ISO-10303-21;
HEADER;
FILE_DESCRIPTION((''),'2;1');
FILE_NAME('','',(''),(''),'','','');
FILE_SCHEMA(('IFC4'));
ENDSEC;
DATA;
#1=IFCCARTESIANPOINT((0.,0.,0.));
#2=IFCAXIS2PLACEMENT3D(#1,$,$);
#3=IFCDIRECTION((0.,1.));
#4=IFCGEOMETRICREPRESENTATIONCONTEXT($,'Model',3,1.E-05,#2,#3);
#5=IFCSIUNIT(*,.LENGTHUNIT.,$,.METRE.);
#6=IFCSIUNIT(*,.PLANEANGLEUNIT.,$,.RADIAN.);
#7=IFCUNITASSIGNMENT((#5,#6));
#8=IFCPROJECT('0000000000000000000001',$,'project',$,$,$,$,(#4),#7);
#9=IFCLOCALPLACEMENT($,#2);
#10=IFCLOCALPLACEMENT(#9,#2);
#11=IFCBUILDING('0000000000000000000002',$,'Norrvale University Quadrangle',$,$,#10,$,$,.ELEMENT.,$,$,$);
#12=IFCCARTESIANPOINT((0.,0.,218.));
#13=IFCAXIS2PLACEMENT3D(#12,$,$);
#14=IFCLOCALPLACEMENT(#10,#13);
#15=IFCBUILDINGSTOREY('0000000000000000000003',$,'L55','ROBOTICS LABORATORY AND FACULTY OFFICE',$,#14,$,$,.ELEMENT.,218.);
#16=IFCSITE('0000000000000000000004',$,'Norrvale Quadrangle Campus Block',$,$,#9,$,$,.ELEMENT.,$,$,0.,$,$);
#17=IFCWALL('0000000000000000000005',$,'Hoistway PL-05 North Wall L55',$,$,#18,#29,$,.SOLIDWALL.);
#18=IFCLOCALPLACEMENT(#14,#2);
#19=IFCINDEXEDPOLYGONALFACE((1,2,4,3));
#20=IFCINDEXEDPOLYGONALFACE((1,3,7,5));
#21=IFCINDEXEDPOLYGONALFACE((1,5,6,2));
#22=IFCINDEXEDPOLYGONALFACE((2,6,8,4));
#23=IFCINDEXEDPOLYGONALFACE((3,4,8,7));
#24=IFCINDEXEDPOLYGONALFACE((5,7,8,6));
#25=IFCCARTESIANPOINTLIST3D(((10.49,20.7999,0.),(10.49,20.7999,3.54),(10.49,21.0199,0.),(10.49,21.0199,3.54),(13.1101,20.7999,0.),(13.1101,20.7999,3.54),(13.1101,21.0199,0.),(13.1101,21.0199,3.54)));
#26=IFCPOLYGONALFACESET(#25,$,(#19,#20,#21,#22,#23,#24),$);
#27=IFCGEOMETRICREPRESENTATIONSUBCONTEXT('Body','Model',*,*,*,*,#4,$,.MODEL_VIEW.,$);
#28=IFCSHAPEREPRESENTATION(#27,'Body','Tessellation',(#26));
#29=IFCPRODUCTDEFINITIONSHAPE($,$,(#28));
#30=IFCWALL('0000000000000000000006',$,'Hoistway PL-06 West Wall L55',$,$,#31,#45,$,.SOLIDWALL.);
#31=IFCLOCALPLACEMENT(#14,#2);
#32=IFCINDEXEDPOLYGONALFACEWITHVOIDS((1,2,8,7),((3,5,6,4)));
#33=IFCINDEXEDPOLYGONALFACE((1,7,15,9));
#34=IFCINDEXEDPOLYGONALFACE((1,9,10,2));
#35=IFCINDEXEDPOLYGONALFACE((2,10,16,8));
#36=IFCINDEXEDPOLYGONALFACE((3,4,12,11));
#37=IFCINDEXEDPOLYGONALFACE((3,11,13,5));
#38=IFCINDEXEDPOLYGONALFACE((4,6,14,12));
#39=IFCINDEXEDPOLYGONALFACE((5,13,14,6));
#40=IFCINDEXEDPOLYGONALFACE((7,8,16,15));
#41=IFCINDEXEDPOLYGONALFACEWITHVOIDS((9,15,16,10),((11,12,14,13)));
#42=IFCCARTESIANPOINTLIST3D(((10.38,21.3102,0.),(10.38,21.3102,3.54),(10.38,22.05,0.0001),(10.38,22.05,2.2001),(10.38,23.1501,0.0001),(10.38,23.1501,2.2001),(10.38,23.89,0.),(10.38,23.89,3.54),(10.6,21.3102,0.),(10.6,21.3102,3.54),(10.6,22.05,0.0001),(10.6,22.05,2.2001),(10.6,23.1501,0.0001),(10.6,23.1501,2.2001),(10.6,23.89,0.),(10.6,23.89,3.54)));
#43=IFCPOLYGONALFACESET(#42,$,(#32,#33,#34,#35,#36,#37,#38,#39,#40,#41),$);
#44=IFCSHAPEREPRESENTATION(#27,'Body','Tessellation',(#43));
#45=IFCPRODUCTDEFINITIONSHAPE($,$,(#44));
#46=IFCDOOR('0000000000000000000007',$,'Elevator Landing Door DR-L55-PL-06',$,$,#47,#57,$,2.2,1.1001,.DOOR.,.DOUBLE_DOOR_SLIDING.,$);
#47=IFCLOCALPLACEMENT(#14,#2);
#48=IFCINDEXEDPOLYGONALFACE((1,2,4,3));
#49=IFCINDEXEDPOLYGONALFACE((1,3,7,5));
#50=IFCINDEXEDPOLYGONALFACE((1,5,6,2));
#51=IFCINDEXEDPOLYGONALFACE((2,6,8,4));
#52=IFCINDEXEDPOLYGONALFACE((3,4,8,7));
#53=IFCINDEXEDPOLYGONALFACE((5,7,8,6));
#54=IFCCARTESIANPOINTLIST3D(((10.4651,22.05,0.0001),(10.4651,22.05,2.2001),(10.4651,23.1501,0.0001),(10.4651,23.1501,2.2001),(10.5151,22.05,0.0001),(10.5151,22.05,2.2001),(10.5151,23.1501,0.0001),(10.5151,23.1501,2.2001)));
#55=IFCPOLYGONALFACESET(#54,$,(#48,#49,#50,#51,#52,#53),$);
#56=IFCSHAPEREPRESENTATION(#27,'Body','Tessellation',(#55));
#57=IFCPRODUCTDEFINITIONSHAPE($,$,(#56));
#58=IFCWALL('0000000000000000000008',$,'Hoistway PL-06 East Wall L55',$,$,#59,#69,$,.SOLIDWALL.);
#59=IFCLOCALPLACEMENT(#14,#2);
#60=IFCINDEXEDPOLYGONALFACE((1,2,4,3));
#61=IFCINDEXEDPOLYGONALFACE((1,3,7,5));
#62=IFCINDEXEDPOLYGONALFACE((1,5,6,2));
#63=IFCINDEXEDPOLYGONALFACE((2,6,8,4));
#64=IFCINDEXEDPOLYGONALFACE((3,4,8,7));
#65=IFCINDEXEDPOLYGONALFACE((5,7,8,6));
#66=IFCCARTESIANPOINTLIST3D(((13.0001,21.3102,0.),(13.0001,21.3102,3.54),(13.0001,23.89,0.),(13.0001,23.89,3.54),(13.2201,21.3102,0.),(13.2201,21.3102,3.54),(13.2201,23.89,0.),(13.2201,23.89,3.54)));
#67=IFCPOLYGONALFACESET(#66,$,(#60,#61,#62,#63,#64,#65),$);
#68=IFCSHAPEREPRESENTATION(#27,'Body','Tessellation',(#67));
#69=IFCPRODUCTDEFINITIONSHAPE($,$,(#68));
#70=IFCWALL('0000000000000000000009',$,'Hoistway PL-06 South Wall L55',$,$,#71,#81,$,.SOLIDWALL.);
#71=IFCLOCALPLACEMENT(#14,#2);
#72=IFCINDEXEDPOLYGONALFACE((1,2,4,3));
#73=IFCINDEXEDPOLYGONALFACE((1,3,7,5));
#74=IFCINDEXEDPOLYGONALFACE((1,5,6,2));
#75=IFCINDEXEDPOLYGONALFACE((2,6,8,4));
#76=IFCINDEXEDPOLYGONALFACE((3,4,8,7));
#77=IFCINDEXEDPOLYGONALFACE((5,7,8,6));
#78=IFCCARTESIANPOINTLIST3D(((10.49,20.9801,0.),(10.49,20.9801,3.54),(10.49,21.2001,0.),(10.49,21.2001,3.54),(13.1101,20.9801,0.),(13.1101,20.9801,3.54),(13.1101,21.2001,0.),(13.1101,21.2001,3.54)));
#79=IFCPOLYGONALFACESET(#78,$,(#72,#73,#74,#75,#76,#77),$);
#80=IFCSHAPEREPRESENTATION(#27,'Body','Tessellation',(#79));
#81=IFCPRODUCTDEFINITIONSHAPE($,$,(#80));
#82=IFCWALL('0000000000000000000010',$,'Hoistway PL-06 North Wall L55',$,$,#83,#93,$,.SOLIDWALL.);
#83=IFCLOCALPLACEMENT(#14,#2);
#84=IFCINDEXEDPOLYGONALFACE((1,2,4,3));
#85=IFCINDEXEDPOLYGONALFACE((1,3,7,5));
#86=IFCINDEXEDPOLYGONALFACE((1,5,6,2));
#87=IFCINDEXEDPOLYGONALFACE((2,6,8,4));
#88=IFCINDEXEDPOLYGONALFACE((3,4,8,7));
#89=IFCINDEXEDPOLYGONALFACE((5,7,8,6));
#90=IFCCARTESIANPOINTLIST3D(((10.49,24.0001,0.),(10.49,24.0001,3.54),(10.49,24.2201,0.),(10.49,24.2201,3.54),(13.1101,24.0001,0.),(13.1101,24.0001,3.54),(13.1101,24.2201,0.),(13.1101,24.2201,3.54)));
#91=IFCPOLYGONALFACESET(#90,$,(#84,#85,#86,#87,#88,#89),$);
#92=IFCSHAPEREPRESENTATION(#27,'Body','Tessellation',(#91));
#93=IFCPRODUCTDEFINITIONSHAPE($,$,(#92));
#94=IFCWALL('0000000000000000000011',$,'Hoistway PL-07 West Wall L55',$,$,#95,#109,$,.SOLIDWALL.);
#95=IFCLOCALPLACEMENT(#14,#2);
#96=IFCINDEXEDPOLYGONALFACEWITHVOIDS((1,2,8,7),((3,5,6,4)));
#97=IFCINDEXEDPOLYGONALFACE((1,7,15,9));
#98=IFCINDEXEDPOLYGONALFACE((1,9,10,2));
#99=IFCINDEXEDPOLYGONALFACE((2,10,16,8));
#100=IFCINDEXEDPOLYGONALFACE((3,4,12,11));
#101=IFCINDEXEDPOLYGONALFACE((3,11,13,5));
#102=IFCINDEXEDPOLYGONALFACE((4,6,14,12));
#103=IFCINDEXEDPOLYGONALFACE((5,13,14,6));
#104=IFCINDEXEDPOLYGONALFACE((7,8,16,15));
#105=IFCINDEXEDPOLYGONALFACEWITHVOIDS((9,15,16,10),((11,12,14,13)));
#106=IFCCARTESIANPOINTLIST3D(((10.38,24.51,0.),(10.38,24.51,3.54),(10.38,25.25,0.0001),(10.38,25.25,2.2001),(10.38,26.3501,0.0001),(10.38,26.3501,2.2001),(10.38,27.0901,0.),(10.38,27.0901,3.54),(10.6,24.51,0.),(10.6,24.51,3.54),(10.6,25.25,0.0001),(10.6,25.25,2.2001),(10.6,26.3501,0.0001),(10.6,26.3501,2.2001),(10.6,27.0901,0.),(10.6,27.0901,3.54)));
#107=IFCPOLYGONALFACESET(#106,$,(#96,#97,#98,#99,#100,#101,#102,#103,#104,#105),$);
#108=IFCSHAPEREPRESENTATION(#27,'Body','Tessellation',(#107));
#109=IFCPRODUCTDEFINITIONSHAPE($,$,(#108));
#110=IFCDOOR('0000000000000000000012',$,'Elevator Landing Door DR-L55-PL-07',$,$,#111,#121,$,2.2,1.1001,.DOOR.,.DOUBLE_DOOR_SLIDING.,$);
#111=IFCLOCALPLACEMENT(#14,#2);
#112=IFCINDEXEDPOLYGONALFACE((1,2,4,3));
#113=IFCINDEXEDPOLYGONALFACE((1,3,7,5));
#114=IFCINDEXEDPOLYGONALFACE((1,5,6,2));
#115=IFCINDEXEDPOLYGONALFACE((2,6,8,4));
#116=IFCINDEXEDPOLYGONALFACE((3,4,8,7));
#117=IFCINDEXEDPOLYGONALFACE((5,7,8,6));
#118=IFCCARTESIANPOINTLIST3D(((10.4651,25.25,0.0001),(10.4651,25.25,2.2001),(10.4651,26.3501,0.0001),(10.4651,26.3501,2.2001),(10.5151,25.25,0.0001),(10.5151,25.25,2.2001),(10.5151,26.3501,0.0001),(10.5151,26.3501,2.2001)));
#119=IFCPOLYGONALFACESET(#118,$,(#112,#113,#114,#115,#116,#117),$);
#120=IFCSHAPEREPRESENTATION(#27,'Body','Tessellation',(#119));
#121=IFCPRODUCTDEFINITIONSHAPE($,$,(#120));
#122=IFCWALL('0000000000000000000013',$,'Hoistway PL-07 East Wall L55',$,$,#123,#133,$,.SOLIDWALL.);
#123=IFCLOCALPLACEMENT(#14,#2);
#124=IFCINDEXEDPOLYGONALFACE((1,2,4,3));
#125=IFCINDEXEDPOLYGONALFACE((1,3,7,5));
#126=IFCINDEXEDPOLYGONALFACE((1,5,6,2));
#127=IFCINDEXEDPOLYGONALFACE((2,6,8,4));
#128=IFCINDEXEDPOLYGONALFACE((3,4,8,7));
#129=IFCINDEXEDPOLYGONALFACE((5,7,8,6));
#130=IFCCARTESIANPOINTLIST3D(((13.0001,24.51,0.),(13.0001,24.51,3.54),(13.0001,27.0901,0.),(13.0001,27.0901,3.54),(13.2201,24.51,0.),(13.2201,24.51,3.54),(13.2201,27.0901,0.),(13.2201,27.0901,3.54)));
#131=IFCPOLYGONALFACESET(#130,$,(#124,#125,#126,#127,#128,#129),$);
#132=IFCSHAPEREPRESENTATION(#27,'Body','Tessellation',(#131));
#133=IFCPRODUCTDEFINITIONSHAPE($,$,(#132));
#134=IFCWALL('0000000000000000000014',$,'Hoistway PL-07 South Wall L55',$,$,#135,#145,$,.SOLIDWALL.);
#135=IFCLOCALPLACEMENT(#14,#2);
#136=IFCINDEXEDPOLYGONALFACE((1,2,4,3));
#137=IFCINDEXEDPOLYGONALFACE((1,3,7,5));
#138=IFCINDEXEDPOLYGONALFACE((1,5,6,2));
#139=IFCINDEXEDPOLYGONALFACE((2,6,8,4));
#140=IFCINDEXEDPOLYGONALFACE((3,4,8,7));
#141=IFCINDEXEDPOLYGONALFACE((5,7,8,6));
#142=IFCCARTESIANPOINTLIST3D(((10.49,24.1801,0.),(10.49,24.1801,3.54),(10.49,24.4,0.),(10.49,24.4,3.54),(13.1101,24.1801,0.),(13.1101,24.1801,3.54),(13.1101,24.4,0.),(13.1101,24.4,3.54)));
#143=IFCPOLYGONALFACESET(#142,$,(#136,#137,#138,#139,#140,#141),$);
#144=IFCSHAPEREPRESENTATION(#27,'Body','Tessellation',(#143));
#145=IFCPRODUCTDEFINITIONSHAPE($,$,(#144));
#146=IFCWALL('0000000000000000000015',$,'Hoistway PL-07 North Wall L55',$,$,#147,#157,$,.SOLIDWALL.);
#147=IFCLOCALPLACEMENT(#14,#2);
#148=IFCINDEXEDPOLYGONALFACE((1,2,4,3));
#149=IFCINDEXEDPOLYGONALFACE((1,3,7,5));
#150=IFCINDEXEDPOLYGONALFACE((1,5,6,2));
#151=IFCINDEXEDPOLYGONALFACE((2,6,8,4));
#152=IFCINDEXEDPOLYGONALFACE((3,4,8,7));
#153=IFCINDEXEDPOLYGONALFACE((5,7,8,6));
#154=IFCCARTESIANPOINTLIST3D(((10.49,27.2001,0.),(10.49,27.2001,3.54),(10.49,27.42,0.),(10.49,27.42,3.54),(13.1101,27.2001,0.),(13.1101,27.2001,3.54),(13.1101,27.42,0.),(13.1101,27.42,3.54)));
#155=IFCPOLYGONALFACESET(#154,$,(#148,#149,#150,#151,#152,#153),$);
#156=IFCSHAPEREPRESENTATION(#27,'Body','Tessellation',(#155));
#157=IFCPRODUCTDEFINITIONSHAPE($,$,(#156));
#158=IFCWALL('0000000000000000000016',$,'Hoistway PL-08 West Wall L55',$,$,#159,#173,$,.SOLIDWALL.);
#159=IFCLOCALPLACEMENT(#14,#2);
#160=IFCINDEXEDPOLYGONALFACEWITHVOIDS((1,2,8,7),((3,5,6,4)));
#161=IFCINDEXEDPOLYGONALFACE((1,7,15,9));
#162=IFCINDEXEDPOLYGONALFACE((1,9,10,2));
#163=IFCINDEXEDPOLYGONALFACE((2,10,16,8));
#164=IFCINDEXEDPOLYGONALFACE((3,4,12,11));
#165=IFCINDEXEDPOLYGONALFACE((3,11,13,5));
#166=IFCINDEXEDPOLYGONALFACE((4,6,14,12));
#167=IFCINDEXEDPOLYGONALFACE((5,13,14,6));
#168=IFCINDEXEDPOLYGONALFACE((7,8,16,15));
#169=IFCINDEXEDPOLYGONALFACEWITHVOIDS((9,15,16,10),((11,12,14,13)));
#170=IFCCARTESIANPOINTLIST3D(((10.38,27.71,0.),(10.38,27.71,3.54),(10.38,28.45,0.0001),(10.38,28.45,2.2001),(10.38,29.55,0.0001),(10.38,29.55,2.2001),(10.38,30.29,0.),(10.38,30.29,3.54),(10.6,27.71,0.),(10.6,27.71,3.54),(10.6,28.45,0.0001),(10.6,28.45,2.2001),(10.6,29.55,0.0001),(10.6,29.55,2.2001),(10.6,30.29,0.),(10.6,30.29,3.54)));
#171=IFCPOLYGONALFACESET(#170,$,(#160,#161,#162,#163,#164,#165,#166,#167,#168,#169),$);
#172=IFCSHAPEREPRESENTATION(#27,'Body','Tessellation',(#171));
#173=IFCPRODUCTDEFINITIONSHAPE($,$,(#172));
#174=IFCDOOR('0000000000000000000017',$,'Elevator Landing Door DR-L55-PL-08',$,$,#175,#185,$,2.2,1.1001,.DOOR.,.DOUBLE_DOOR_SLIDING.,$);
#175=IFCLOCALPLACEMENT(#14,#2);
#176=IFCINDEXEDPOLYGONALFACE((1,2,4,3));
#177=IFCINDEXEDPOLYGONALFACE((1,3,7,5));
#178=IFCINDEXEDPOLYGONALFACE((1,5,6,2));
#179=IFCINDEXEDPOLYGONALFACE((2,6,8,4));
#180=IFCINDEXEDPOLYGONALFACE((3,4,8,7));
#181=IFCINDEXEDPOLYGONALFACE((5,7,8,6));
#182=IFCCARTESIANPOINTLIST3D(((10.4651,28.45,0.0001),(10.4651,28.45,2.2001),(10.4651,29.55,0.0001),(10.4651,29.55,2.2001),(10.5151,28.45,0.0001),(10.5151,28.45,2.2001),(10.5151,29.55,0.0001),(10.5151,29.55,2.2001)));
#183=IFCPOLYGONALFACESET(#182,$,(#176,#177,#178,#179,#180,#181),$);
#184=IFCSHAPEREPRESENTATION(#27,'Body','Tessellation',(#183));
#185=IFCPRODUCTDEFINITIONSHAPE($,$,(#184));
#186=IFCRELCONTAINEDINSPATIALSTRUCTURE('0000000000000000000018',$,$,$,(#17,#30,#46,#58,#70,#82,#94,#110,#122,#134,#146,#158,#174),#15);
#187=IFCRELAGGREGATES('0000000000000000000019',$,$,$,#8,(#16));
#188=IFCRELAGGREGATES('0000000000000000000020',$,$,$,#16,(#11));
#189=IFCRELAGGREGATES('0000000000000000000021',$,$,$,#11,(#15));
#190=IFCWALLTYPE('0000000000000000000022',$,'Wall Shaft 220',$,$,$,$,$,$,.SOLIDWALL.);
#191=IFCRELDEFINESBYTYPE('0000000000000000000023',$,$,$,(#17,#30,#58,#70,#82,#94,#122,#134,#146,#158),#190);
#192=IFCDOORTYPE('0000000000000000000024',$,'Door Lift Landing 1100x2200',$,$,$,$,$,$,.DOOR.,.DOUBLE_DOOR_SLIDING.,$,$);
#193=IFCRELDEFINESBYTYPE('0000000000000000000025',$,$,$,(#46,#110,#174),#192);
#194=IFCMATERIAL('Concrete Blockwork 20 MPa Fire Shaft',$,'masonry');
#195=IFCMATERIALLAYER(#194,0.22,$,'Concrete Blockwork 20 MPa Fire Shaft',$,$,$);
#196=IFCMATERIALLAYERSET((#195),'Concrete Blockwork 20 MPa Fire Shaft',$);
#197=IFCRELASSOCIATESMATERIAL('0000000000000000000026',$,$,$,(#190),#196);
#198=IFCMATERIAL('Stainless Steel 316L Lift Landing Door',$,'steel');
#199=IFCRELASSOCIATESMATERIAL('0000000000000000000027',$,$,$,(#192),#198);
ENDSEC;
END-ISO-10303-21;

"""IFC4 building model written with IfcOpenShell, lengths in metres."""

from ifc_helpers import new_model, si_unit, direction, frame, frame_2d, origin, place, context, subcontext, project, spatial, rectangle, extrude, material, layer, layer_set, type_object, element, fill, save


model = new_model("IFC4")

# Units and contexts
model_context = context("Model", 3, precision=1e-05, world=origin(), true_north=direction((0.0, 1.0)))
body_context = subcontext(model_context, "Body", "Model", "MODEL_VIEW")
ifc_project = project(units=[si_unit("LENGTHUNIT", "METRE"), si_unit("PLANEANGLEUNIT", "RADIAN")], contexts=[model_context])

# Site, building, storey
site_placement = place(None, origin())
site = spatial("IfcSite", under=ifc_project, at=site_placement, Name="Norrvale Quadrangle Campus Block", CompositionType="ELEMENT", RefElevation=0.0)
building_placement = place(site_placement, origin())
building = spatial("IfcBuilding", under=site, at=building_placement, Name="Norrvale University Quadrangle", CompositionType="ELEMENT")
storey_placement = place(building_placement, frame((0.0, 0.0, 218.0)))
storey = spatial("IfcBuildingStorey", under=building, at=storey_placement, Name="L55", Description="ROBOTICS LABORATORY AND FACULTY OFFICE", CompositionType="ELEMENT", Elevation=218.0)

# Wall
ifc_material_1 = material(Name="Concrete Blockwork 20 MPa Fire Shaft", Category="masonry")
ifc_layer_1 = layer(ifc_material_1, 0.22, Name="Concrete Blockwork 20 MPa Fire Shaft")
ifc_layer_set_1 = layer_set([ifc_layer_1], Name="Concrete Blockwork 20 MPa Fire Shaft")
wall_type_1 = type_object("IfcWallType", Name="Wall Shaft 220", PredefinedType="SOLIDWALL", material=ifc_layer_set_1)
wall_1_placement = place(storey_placement, frame((10.49, 20.9099, 0.0), z_axis=(0.0, 0.0, 1.0), x_axis=(1.0, 0.0, 0.0)))
element("IfcWall", 1, at=wall_1_placement, inside=storey, type_object=wall_type_1, Name="Hoistway PL-05 North Wall L55", PredefinedType="SOLIDWALL", context=body_context, shape_type="SweptSolid", body=[
    extrude(rectangle(XDim=2.6201, YDim=0.22, at=frame_2d((1.3101, 0.0))), origin(), (0.0, 0.0, 1.0), 3.54),
])

# Wall, opening, door
wall_2_placement = place(storey_placement, frame((10.49, 21.3101, 0.0), z_axis=(0.0, 0.0, 1.0), x_axis=(0.0, 1.0, 0.0)))
wall_2 = element("IfcWall", 2, at=wall_2_placement, inside=storey, type_object=wall_type_1, Name="Hoistway PL-06 West Wall L55", PredefinedType="SOLIDWALL", context=body_context, shape_type="SweptSolid", body=[
    extrude(rectangle(XDim=2.5798, YDim=0.22, at=frame_2d((1.29, 0.0))), origin(), (0.0, 0.0, 1.0), 3.54),
])
opening_1_placement = place(wall_2_placement, frame((0.74, 0.0, 0.0)))
opening_1 = element("IfcOpeningElement", 3, at=opening_1_placement, cuts=wall_2, PredefinedType="OPENING", context=body_context, shape_type="SweptSolid", body=[
    extrude(rectangle(XDim=1.1001, YDim=2.2, at=frame_2d((0.55, 1.1001))), frame((0.0, 0.1221, 0.0), z_axis=(0.0, -1.0, 0.0), x_axis=(1.0, 0.0, 0.0)), (0.0, 0.0, 1.0), 0.2439),
])
ifc_material_2 = material(Name="Stainless Steel 316L Lift Landing Door", Category="steel")
door_type_1 = type_object("IfcDoorType", Name="Door Lift Landing 1100x2200", OperationType="DOUBLE_DOOR_SLIDING", PredefinedType="DOOR", material=ifc_material_2)
door_1_placement = place(opening_1_placement, origin())
door_1 = element("IfcDoor", 4, at=door_1_placement, inside=storey, type_object=door_type_1, Name="Elevator Landing Door DR-L55-PL-06", OperationType="DOUBLE_DOOR_SLIDING", OverallHeight=2.2, OverallWidth=1.1001, PredefinedType="DOOR", context=body_context, shape_type="SweptSolid", body=[
    extrude(rectangle(XDim=1.1001, YDim=2.2, at=frame_2d((0.55, 1.1001))), frame((0.0, 0.0249, 0.0), z_axis=(0.0, -1.0, 0.0), x_axis=(1.0, 0.0, 0.0)), (0.0, 0.0, 1.0), 0.05),
])
fill(opening_1, door_1)

# Walls
wall_3_placement = place(storey_placement, frame((13.1101, 21.3101, 0.0), z_axis=(0.0, 0.0, 1.0), x_axis=(0.0, 1.0, 0.0)))
element("IfcWall", 5, at=wall_3_placement, inside=storey, type_object=wall_type_1, Name="Hoistway PL-06 East Wall L55", PredefinedType="SOLIDWALL", context=body_context, shape_type="SweptSolid", body=[
    extrude(rectangle(XDim=2.5798, YDim=0.22, at=frame_2d((1.29, 0.0))), origin(), (0.0, 0.0, 1.0), 3.54),
])
for number, where, z_axis, x_axis, name in (
    (6, (10.49, 21.0901, 0.0), (0.0, 0.0, 1.0), (1.0, 0.0, 0.0), "Hoistway PL-06 South Wall L55"),
    (7, (10.49, 24.1101, 0.0), (0.0, 0.0, 1.0), (1.0, 0.0, 0.0), "Hoistway PL-06 North Wall L55"),
):
    element("IfcWall", number, at=place(storey_placement, frame(where, z_axis=z_axis, x_axis=x_axis)), inside=storey, type_object=wall_type_1, Name=name, PredefinedType="SOLIDWALL", context=body_context, shape_type="SweptSolid", body=[
        extrude(rectangle(XDim=2.6201, YDim=0.22, at=frame_2d((1.3101, 0.0))), origin(), (0.0, 0.0, 1.0), 3.54),
    ])

# Wall, opening, door
wall_4_placement = place(storey_placement, frame((10.49, 24.51, 0.0), z_axis=(0.0, 0.0, 1.0), x_axis=(0.0, 1.0, 0.0)))
wall_4 = element("IfcWall", 8, at=wall_4_placement, inside=storey, type_object=wall_type_1, Name="Hoistway PL-07 West Wall L55", PredefinedType="SOLIDWALL", context=body_context, shape_type="SweptSolid", body=[
    extrude(rectangle(XDim=2.5801, YDim=0.22, at=frame_2d((1.29, 0.0))), origin(), (0.0, 0.0, 1.0), 3.54),
])
opening_2_placement = place(wall_4_placement, frame((0.74, 0.0, 0.0)))
opening_2 = element("IfcOpeningElement", 9, at=opening_2_placement, cuts=wall_4, PredefinedType="OPENING", context=body_context, shape_type="SweptSolid", body=[
    extrude(rectangle(XDim=1.1001, YDim=2.2, at=frame_2d((0.55, 1.1001))), frame((0.0, 0.1221, 0.0), z_axis=(0.0, -1.0, 0.0), x_axis=(1.0, 0.0, 0.0)), (0.0, 0.0, 1.0), 0.2439),
])
door_2_placement = place(opening_2_placement, origin())
door_2 = element("IfcDoor", 10, at=door_2_placement, inside=storey, type_object=door_type_1, Name="Elevator Landing Door DR-L55-PL-07", OperationType="DOUBLE_DOOR_SLIDING", OverallHeight=2.2, OverallWidth=1.1001, PredefinedType="DOOR", context=body_context, shape_type="SweptSolid", body=[
    extrude(rectangle(XDim=1.1001, YDim=2.2, at=frame_2d((0.55, 1.1001))), frame((0.0, 0.0249, 0.0), z_axis=(0.0, -1.0, 0.0), x_axis=(1.0, 0.0, 0.0)), (0.0, 0.0, 1.0), 0.05),
])
fill(opening_2, door_2)

# Walls
wall_5_placement = place(storey_placement, frame((13.1101, 24.51, 0.0), z_axis=(0.0, 0.0, 1.0), x_axis=(0.0, 1.0, 0.0)))
element("IfcWall", 11, at=wall_5_placement, inside=storey, type_object=wall_type_1, Name="Hoistway PL-07 East Wall L55", PredefinedType="SOLIDWALL", context=body_context, shape_type="SweptSolid", body=[
    extrude(rectangle(XDim=2.5801, YDim=0.22, at=frame_2d((1.29, 0.0))), origin(), (0.0, 0.0, 1.0), 3.54),
])
for number, where, z_axis, x_axis, name in (
    (12, (10.49, 24.29, 0.0), (0.0, 0.0, 1.0), (1.0, 0.0, 0.0), "Hoistway PL-07 South Wall L55"),
    (13, (10.49, 27.3101, 0.0), (0.0, 0.0, 1.0), (1.0, 0.0, 0.0), "Hoistway PL-07 North Wall L55"),
):
    element("IfcWall", number, at=place(storey_placement, frame(where, z_axis=z_axis, x_axis=x_axis)), inside=storey, type_object=wall_type_1, Name=name, PredefinedType="SOLIDWALL", context=body_context, shape_type="SweptSolid", body=[
        extrude(rectangle(XDim=2.6201, YDim=0.22, at=frame_2d((1.3101, 0.0))), origin(), (0.0, 0.0, 1.0), 3.54),
    ])

# Wall, opening, door
wall_6_placement = place(storey_placement, frame((10.49, 27.71, 0.0), z_axis=(0.0, 0.0, 1.0), x_axis=(0.0, 1.0, 0.0)))
wall_6 = element("IfcWall", 14, at=wall_6_placement, inside=storey, type_object=wall_type_1, Name="Hoistway PL-08 West Wall L55", PredefinedType="SOLIDWALL", context=body_context, shape_type="SweptSolid", body=[
    extrude(rectangle(XDim=2.5801, YDim=0.22, at=frame_2d((1.29, 0.0))), origin(), (0.0, 0.0, 1.0), 3.54),
])
opening_3_placement = place(wall_6_placement, frame((0.74, 0.0, 0.0)))
opening_3 = element("IfcOpeningElement", 15, at=opening_3_placement, cuts=wall_6, PredefinedType="OPENING", context=body_context, shape_type="SweptSolid", body=[
    extrude(rectangle(XDim=1.1001, YDim=2.2, at=frame_2d((0.55, 1.1001))), frame((0.0, 0.1221, 0.0), z_axis=(0.0, -1.0, 0.0), x_axis=(1.0, 0.0, 0.0)), (0.0, 0.0, 1.0), 0.2439),
])
door_3_placement = place(opening_3_placement, origin())
door_3 = element("IfcDoor", 16, at=door_3_placement, inside=storey, type_object=door_type_1, Name="Elevator Landing Door DR-L55-PL-08", OperationType="DOUBLE_DOOR_SLIDING", OverallHeight=2.2, OverallWidth=1.1001, PredefinedType="DOOR", context=body_context, shape_type="SweptSolid", body=[
    extrude(rectangle(XDim=1.1001, YDim=2.2, at=frame_2d((0.55, 1.1001))), frame((0.0, 0.0249, 0.0), z_axis=(0.0, -1.0, 0.0), x_axis=(1.0, 0.0, 0.0)), (0.0, 0.0, 1.0), 0.05),
])
fill(opening_3, door_3)

save(model, "model.ifc")
